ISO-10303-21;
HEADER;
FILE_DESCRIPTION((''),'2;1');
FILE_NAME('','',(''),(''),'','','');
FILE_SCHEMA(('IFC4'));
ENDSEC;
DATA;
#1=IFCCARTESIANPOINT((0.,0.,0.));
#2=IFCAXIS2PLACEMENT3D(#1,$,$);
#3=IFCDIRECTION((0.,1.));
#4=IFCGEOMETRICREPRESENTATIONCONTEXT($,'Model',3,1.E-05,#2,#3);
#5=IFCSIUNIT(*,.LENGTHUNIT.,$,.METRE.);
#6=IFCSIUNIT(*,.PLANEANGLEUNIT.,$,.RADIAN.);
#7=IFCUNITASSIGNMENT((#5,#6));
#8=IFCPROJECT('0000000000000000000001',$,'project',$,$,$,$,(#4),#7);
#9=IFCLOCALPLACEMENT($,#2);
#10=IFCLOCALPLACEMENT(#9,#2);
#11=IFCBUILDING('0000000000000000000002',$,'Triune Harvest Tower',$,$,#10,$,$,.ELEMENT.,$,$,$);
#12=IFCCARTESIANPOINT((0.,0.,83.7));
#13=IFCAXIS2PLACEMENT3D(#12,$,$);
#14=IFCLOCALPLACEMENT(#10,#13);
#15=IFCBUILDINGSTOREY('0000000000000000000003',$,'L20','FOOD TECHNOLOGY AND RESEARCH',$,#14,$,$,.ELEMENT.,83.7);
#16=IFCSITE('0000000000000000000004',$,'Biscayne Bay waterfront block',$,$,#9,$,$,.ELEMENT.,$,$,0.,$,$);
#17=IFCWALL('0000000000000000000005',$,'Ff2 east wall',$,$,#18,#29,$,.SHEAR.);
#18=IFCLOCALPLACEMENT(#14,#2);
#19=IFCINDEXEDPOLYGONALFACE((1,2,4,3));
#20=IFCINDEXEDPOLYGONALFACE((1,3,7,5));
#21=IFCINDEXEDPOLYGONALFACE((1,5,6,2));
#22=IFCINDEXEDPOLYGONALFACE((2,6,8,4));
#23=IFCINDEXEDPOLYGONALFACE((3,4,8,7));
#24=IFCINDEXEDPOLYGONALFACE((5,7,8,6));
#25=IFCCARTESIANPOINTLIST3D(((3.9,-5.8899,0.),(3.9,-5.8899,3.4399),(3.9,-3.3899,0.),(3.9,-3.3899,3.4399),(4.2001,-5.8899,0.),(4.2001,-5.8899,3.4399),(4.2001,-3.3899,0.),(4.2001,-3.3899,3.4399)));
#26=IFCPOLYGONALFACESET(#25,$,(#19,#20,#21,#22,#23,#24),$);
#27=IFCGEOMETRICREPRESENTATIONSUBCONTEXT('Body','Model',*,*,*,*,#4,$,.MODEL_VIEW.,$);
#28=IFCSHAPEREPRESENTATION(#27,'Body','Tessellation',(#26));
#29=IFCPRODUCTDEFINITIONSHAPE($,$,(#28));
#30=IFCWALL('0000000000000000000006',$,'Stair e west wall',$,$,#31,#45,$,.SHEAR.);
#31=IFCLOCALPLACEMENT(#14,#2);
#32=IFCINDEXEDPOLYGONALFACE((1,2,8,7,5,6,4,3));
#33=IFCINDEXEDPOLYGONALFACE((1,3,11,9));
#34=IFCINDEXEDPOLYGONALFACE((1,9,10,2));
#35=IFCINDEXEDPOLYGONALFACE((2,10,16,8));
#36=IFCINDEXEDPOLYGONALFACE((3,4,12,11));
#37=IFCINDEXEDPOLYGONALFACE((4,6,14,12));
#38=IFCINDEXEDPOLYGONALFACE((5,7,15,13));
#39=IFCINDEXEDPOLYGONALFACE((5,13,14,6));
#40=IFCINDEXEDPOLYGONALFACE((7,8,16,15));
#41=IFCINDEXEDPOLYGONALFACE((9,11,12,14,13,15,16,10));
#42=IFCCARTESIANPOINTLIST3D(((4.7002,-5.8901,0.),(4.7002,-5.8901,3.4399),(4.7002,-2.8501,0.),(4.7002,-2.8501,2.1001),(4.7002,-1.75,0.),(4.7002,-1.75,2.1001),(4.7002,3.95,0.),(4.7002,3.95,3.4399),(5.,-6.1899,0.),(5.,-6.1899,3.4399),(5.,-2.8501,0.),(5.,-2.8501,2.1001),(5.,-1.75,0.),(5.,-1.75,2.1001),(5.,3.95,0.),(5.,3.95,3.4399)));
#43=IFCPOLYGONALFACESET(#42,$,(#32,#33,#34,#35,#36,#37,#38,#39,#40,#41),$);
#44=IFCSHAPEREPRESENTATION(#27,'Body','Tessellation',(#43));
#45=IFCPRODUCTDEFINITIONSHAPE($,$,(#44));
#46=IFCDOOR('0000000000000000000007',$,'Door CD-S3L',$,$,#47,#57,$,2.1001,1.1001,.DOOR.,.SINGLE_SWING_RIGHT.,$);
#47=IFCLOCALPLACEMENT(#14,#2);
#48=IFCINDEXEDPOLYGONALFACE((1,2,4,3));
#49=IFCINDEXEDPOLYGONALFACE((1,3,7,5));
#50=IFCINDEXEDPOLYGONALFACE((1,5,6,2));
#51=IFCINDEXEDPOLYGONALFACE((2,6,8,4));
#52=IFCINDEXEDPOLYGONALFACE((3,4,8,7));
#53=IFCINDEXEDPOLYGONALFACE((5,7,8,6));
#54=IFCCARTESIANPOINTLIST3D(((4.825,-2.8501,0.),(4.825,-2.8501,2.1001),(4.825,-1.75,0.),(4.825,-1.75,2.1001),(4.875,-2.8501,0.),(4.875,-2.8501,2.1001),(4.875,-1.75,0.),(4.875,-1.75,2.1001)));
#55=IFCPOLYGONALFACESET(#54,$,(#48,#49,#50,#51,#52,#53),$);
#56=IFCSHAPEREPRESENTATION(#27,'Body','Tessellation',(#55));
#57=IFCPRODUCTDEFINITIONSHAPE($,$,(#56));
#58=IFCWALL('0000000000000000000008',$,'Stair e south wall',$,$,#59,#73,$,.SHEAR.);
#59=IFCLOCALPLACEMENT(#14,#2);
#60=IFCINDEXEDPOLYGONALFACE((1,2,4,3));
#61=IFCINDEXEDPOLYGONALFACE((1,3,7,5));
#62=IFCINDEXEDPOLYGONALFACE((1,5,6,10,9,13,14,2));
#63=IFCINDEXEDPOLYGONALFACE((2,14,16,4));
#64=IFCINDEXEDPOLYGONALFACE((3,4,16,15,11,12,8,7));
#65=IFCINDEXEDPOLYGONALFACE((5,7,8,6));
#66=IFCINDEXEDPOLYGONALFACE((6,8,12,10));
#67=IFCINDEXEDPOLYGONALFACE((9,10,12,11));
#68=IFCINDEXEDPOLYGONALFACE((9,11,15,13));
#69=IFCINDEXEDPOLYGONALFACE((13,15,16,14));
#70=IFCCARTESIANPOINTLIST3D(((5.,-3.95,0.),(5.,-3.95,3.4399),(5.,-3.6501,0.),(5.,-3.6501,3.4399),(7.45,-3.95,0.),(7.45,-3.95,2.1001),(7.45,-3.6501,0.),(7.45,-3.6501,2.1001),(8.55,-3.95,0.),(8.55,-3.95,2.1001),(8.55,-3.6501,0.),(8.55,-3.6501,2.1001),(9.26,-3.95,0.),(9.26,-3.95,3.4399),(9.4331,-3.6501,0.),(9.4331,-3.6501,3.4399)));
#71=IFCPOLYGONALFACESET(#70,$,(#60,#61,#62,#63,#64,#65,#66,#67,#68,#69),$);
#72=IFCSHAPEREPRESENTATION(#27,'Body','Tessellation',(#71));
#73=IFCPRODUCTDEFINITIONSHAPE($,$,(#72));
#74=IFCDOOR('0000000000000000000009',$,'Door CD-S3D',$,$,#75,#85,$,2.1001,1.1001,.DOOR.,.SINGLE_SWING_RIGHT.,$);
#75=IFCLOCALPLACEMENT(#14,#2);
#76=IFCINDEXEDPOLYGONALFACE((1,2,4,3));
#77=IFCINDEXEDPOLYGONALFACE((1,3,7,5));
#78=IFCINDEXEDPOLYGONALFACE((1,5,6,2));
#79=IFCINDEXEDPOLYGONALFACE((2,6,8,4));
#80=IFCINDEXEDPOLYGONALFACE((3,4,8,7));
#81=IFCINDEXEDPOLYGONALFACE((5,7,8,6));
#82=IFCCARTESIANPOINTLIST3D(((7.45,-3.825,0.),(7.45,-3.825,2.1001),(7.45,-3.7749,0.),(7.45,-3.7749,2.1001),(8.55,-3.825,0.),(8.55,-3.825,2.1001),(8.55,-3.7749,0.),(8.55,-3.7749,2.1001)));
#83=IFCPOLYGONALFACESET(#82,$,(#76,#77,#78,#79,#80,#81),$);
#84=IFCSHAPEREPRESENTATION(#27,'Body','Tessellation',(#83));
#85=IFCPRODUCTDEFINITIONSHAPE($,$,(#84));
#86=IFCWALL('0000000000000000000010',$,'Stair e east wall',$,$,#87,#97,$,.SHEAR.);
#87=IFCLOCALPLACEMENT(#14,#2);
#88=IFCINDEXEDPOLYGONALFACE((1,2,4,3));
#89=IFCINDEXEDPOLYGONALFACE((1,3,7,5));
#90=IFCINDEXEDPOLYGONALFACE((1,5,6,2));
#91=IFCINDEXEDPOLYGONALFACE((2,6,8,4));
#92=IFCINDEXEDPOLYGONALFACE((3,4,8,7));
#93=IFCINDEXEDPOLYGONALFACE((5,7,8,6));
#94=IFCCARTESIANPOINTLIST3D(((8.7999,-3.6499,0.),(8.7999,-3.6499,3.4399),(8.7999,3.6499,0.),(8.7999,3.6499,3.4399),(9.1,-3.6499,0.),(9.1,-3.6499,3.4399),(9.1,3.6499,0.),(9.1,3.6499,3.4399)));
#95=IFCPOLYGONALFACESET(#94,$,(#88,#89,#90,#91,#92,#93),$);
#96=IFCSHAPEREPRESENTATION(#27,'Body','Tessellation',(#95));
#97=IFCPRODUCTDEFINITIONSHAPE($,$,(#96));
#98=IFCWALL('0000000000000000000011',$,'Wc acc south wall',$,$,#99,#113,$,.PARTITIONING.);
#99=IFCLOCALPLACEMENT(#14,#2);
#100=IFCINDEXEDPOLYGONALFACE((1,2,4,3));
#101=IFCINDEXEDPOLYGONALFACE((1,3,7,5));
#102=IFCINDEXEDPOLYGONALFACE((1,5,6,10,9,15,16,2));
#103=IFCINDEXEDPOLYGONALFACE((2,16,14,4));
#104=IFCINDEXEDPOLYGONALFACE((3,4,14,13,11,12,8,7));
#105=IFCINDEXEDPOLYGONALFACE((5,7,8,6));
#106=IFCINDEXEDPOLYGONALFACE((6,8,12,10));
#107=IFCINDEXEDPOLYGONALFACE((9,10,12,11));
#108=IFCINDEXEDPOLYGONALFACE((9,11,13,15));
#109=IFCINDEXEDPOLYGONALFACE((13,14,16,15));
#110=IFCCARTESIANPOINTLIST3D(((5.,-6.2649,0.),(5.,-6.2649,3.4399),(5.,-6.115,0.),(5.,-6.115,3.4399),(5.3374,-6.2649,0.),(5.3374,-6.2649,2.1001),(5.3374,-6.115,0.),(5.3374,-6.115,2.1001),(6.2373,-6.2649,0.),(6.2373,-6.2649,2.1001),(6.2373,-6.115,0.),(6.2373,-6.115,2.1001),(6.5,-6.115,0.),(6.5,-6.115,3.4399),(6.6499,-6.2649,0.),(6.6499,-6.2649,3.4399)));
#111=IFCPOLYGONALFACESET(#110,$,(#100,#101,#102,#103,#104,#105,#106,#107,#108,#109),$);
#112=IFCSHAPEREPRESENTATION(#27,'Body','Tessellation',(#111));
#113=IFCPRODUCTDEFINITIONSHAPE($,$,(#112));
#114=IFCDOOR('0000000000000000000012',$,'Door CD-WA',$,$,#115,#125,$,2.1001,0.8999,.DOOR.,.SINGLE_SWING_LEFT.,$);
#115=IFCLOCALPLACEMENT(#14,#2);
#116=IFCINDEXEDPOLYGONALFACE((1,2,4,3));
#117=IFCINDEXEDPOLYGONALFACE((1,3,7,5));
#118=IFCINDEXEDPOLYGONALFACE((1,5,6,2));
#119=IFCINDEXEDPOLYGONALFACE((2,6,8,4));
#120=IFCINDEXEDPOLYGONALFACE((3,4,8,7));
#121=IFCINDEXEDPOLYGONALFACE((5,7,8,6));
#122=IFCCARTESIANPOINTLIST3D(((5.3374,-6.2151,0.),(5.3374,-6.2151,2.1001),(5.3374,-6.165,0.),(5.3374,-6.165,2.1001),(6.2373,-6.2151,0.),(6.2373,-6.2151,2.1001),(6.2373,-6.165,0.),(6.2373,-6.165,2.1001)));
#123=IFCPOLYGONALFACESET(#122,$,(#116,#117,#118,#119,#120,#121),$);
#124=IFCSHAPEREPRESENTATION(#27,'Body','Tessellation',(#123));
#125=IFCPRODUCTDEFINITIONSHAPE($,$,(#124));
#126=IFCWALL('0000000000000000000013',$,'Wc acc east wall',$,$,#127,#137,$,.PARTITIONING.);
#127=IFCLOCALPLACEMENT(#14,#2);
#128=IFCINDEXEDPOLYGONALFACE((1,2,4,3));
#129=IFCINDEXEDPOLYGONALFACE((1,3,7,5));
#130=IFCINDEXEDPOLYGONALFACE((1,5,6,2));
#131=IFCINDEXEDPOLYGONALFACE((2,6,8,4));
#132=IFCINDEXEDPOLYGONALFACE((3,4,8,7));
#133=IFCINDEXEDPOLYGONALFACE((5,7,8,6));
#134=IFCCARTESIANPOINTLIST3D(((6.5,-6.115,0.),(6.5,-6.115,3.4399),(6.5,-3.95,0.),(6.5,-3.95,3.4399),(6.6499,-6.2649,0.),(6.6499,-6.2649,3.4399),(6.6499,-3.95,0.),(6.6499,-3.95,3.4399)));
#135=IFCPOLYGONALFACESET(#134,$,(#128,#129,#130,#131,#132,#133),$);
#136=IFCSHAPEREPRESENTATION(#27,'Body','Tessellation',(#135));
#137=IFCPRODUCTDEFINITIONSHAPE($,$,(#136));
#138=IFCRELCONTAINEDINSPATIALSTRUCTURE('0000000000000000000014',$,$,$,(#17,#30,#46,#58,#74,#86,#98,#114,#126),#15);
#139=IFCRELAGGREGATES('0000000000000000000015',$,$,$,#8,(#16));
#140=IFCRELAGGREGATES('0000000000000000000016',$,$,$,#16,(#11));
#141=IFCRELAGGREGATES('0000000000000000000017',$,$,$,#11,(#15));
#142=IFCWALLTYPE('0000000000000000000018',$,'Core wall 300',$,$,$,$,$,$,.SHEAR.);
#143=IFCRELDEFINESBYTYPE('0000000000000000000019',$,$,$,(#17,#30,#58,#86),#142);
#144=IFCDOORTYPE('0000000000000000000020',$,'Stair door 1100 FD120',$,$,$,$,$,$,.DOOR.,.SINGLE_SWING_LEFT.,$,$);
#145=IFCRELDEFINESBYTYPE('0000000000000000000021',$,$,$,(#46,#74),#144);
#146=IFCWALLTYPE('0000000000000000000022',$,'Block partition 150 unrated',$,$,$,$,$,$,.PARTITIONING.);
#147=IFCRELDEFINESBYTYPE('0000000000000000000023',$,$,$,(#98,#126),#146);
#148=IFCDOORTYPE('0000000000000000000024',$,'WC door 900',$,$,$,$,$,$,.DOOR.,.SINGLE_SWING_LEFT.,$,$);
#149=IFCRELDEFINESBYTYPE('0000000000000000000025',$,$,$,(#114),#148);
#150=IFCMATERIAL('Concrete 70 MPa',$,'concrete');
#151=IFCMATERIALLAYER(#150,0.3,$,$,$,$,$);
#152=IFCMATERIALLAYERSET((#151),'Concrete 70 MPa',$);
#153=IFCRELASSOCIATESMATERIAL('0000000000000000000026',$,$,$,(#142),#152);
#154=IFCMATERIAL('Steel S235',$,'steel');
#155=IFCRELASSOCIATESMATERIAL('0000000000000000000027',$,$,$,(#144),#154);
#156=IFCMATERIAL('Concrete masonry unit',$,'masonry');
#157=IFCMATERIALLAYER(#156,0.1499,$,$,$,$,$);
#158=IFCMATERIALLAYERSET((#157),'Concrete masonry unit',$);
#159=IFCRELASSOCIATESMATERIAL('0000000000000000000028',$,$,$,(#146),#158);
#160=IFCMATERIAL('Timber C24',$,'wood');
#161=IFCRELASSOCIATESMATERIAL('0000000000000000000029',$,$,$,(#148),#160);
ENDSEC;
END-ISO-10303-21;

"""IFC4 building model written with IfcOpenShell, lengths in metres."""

from ifc_helpers import new_model, si_unit, direction, frame, frame_2d, origin, place, context, subcontext, project, spatial, polyline, rectangle, outline, extrude, source, transform, mapped, material, layer, layer_set, type_object, element, fill, save


model = new_model("IFC4")

# Units and contexts
model_context = context("Model", 3, precision=1e-05, world=origin(), true_north=direction((0.0, 1.0)))
body_context = subcontext(model_context, "Body", "Model", "MODEL_VIEW")
ifc_project = project(units=[si_unit("LENGTHUNIT", "METRE"), si_unit("PLANEANGLEUNIT", "RADIAN")], contexts=[model_context])

# Site, building, storey
site_placement = place(None, origin())
site = spatial("IfcSite", under=ifc_project, at=site_placement, Name="Biscayne Bay waterfront block", CompositionType="ELEMENT", RefElevation=0.0)
building_placement = place(site_placement, origin())
building = spatial("IfcBuilding", under=site, at=building_placement, Name="Triune Harvest Tower", CompositionType="ELEMENT")
storey_placement = place(building_placement, frame((0.0, 0.0, 83.7)))
storey = spatial("IfcBuildingStorey", under=building, at=storey_placement, Name="L20", Description="FOOD TECHNOLOGY AND RESEARCH", CompositionType="ELEMENT", Elevation=83.7)

# Wall
ifc_material_1 = material(Name="Concrete 70 MPa", Category="concrete")
ifc_layer_1 = layer(ifc_material_1, 0.3)
ifc_layer_set_1 = layer_set([ifc_layer_1], Name="Concrete 70 MPa")
wall_type_1 = type_object("IfcWallType", Name="Core wall 300", PredefinedType="SHEAR", material=ifc_layer_set_1)
shared_shape_1 = source(origin(), body_context, "Body", "SweptSolid", [
    extrude(rectangle(XDim=2.5, YDim=0.3, at=frame_2d((1.25, 0.0))), origin(), (0.0, 0.0, 1.0), 3.4399),
])
wall_1_placement = place(storey_placement, frame((4.05, -5.8899, 0.0), z_axis=(0.0, 0.0, 1.0), x_axis=(0.0, 1.0, 0.0)))
element("IfcWall", 1, at=wall_1_placement, inside=storey, type_object=wall_type_1, Name="Ff2 east wall", PredefinedType="SHEAR", context=body_context, shape_type="MappedRepresentation", body=[
    mapped(shared_shape_1, transform((0.0, 0.0, 0.0), scale=1.0)),
])

# Walls, openings, doors
shared_shape_2 = source(origin(), body_context, "Body", "SweptSolid", [
    extrude(outline(polyline([(-0.1499, -0.1499), (9.99, -0.1499), (9.99, 0.1499), (0.1499, 0.1499), (-0.1499, -0.1499)])), origin(), (0.0, 0.0, 1.0), 3.4399),
])
wall_2_placement = place(storey_placement, frame((4.8501, -6.04, 0.0), z_axis=(0.0, 0.0, 1.0), x_axis=(0.0, 1.0, 0.0)))
wall_2 = element("IfcWall", 2, at=wall_2_placement, inside=storey, type_object=wall_type_1, Name="Stair e west wall", PredefinedType="SHEAR", context=body_context, shape_type="MappedRepresentation", body=[
    mapped(shared_shape_2, transform((0.0, 0.0, 0.0), scale=1.0)),
])
opening_1_placement = place(wall_2_placement, frame((3.1899, 0.0, 0.0)))
opening_1 = element("IfcOpeningElement", 3, at=opening_1_placement, cuts=wall_2, PredefinedType="OPENING", context=body_context, shape_type="SweptSolid", body=[
    extrude(rectangle(XDim=1.1001, YDim=2.1001, at=frame_2d((0.55, 1.05))), frame((0.0, 0.1602, 0.0), z_axis=(0.0, -1.0, 0.0), x_axis=(1.0, 0.0, 0.0)), (0.0, 0.0, 1.0), 0.3201),
])
ifc_material_2 = material(Name="Steel S235", Category="steel")
door_type_1 = type_object("IfcDoorType", Name="Stair door 1100 FD120", OperationType="SINGLE_SWING_LEFT", PredefinedType="DOOR", material=ifc_material_2)
door_1_placement = place(opening_1_placement, frame((1.1001, 0.0, 0.0), z_axis=(0.0, 0.0, 1.0), x_axis=(-1.0, 0.0, 0.0)))
door_1 = element("IfcDoor", 4, at=door_1_placement, inside=storey, type_object=door_type_1, Name="Door CD-S3L", OperationType="SINGLE_SWING_RIGHT", OverallHeight=2.1001, OverallWidth=1.1001, PredefinedType="DOOR", context=body_context, shape_type="SweptSolid", body=[
    extrude(rectangle(XDim=1.1001, YDim=2.1001, at=frame_2d((0.55, 1.05))), frame((0.0, 0.0249, 0.0), z_axis=(0.0, -1.0, 0.0), x_axis=(1.0, 0.0, 0.0)), (0.0, 0.0, 1.0), 0.05),
])
fill(opening_1, door_1)
shared_shape_3 = source(origin(), body_context, "Body", "SweptSolid", [
    extrude(outline(polyline([(0.0, -0.1499), (0.0, 0.1499), (4.4331, 0.1499), (4.26, -0.1499), (0.0, -0.1499)])), origin(), (0.0, 0.0, 1.0), 3.4399),
])
wall_3_placement = place(storey_placement, frame((5.0, -3.8, 0.0), z_axis=(0.0, 0.0, 1.0), x_axis=(1.0, 0.0, 0.0)))
wall_3 = element("IfcWall", 5, at=wall_3_placement, inside=storey, type_object=wall_type_1, Name="Stair e south wall", PredefinedType="SHEAR", context=body_context, shape_type="MappedRepresentation", body=[
    mapped(shared_shape_3, transform((0.0, 0.0, 0.0), scale=1.0)),
])
opening_2_placement = place(wall_3_placement, frame((2.45, 0.0, 0.0)))
opening_2 = element("IfcOpeningElement", 6, at=opening_2_placement, cuts=wall_3, PredefinedType="OPENING", context=body_context, shape_type="SweptSolid", body=[
    extrude(rectangle(XDim=1.1001, YDim=2.1001, at=frame_2d((0.55, 1.05))), frame((0.0, 0.1602, 0.0), z_axis=(0.0, -1.0, 0.0), x_axis=(1.0, 0.0, 0.0)), (0.0, 0.0, 1.0), 0.3201),
])
door_2_placement = place(opening_2_placement, frame((1.1001, 0.0, 0.0), z_axis=(0.0, 0.0, 1.0), x_axis=(-1.0, 0.0, 0.0)))
door_2 = element("IfcDoor", 7, at=door_2_placement, inside=storey, type_object=door_type_1, Name="Door CD-S3D", OperationType="SINGLE_SWING_RIGHT", OverallHeight=2.1001, OverallWidth=1.1001, PredefinedType="DOOR", context=body_context, shape_type="SweptSolid", body=[
    extrude(rectangle(XDim=1.1001, YDim=2.1001, at=frame_2d((0.55, 1.05))), frame((0.0, 0.0249, 0.0), z_axis=(0.0, -1.0, 0.0), x_axis=(1.0, 0.0, 0.0)), (0.0, 0.0, 1.0), 0.05),
])
fill(opening_2, door_2)

# Wall
shared_shape_4 = source(origin(), body_context, "Body", "SweptSolid", [
    extrude(rectangle(XDim=7.2998, YDim=0.3, at=frame_2d((3.6499, 0.0))), origin(), (0.0, 0.0, 1.0), 3.4399),
])
wall_4_placement = place(storey_placement, frame((8.95, -3.6499, 0.0), z_axis=(0.0, 0.0, 1.0), x_axis=(0.0, 1.0, 0.0)))
element("IfcWall", 8, at=wall_4_placement, inside=storey, type_object=wall_type_1, Name="Stair e east wall", PredefinedType="SHEAR", context=body_context, shape_type="MappedRepresentation", body=[
    mapped(shared_shape_4, transform((0.0, 0.0, 0.0), scale=1.0)),
])

# Wall, opening, door
ifc_material_3 = material(Name="Concrete masonry unit", Category="masonry")
ifc_layer_2 = layer(ifc_material_3, 0.1499)
ifc_layer_set_2 = layer_set([ifc_layer_2], Name="Concrete masonry unit")
wall_type_2 = type_object("IfcWallType", Name="Block partition 150 unrated", PredefinedType="PARTITIONING", material=ifc_layer_set_2)
shared_shape_5 = source(origin(), body_context, "Body", "SweptSolid", [
    extrude(outline(polyline([(0.0, -0.075), (1.6499, -0.075), (1.5, 0.075), (0.0, 0.075), (0.0, -0.075)])), origin(), (0.0, 0.0, 1.0), 3.4399),
])
wall_5_placement = place(storey_placement, frame((5.0, -6.1899, 0.0), z_axis=(0.0, 0.0, 1.0), x_axis=(1.0, 0.0, 0.0)))
wall_5 = element("IfcWall", 9, at=wall_5_placement, inside=storey, type_object=wall_type_2, Name="Wc acc south wall", PredefinedType="PARTITIONING", context=body_context, shape_type="MappedRepresentation", body=[
    mapped(shared_shape_5, transform((0.0, 0.0, 0.0), scale=1.0)),
])
opening_3_placement = place(wall_5_placement, frame((0.3374, 0.0, 0.0)))
opening_3 = element("IfcOpeningElement", 10, at=opening_3_placement, cuts=wall_5, PredefinedType="OPENING", context=body_context, shape_type="SweptSolid", body=[
    extrude(rectangle(XDim=0.8999, YDim=2.1001, at=frame_2d((0.45, 1.05))), frame((0.0, 0.085, 0.0), z_axis=(0.0, -1.0, 0.0), x_axis=(1.0, 0.0, 0.0)), (0.0, 0.0, 1.0), 0.1699),
])
ifc_material_4 = material(Name="Timber C24", Category="wood")
door_type_2 = type_object("IfcDoorType", Name="WC door 900", OperationType="SINGLE_SWING_LEFT", PredefinedType="DOOR", material=ifc_material_4)
door_3_placement = place(opening_3_placement, origin())
door_3 = element("IfcDoor", 11, at=door_3_placement, inside=storey, type_object=door_type_2, Name="Door CD-WA", OperationType="SINGLE_SWING_LEFT", OverallHeight=2.1001, OverallWidth=0.8999, PredefinedType="DOOR", context=body_context, shape_type="SweptSolid", body=[
    extrude(rectangle(XDim=0.8999, YDim=2.1001, at=frame_2d((0.45, 1.05))), frame((0.0, 0.0249, 0.0), z_axis=(0.0, -1.0, 0.0), x_axis=(1.0, 0.0, 0.0)), (0.0, 0.0, 1.0), 0.05),
])
fill(opening_3, door_3)

# Wall
shared_shape_6 = source(origin(), body_context, "Body", "SweptSolid", [
    extrude(outline(polyline([(-0.075, -0.075), (2.24, -0.075), (2.24, 0.075), (0.075, 0.075), (-0.075, -0.075)])), origin(), (0.0, 0.0, 1.0), 3.4399),
])
wall_6_placement = place(storey_placement, frame((6.575, -6.1899, 0.0), z_axis=(0.0, 0.0, 1.0), x_axis=(0.0, 1.0, 0.0)))
element("IfcWall", 12, at=wall_6_placement, inside=storey, type_object=wall_type_2, Name="Wc acc east wall", PredefinedType="PARTITIONING", context=body_context, shape_type="MappedRepresentation", body=[
    mapped(shared_shape_6, transform((0.0, 0.0, 0.0), scale=1.0)),
])

save(model, "model.ifc")
